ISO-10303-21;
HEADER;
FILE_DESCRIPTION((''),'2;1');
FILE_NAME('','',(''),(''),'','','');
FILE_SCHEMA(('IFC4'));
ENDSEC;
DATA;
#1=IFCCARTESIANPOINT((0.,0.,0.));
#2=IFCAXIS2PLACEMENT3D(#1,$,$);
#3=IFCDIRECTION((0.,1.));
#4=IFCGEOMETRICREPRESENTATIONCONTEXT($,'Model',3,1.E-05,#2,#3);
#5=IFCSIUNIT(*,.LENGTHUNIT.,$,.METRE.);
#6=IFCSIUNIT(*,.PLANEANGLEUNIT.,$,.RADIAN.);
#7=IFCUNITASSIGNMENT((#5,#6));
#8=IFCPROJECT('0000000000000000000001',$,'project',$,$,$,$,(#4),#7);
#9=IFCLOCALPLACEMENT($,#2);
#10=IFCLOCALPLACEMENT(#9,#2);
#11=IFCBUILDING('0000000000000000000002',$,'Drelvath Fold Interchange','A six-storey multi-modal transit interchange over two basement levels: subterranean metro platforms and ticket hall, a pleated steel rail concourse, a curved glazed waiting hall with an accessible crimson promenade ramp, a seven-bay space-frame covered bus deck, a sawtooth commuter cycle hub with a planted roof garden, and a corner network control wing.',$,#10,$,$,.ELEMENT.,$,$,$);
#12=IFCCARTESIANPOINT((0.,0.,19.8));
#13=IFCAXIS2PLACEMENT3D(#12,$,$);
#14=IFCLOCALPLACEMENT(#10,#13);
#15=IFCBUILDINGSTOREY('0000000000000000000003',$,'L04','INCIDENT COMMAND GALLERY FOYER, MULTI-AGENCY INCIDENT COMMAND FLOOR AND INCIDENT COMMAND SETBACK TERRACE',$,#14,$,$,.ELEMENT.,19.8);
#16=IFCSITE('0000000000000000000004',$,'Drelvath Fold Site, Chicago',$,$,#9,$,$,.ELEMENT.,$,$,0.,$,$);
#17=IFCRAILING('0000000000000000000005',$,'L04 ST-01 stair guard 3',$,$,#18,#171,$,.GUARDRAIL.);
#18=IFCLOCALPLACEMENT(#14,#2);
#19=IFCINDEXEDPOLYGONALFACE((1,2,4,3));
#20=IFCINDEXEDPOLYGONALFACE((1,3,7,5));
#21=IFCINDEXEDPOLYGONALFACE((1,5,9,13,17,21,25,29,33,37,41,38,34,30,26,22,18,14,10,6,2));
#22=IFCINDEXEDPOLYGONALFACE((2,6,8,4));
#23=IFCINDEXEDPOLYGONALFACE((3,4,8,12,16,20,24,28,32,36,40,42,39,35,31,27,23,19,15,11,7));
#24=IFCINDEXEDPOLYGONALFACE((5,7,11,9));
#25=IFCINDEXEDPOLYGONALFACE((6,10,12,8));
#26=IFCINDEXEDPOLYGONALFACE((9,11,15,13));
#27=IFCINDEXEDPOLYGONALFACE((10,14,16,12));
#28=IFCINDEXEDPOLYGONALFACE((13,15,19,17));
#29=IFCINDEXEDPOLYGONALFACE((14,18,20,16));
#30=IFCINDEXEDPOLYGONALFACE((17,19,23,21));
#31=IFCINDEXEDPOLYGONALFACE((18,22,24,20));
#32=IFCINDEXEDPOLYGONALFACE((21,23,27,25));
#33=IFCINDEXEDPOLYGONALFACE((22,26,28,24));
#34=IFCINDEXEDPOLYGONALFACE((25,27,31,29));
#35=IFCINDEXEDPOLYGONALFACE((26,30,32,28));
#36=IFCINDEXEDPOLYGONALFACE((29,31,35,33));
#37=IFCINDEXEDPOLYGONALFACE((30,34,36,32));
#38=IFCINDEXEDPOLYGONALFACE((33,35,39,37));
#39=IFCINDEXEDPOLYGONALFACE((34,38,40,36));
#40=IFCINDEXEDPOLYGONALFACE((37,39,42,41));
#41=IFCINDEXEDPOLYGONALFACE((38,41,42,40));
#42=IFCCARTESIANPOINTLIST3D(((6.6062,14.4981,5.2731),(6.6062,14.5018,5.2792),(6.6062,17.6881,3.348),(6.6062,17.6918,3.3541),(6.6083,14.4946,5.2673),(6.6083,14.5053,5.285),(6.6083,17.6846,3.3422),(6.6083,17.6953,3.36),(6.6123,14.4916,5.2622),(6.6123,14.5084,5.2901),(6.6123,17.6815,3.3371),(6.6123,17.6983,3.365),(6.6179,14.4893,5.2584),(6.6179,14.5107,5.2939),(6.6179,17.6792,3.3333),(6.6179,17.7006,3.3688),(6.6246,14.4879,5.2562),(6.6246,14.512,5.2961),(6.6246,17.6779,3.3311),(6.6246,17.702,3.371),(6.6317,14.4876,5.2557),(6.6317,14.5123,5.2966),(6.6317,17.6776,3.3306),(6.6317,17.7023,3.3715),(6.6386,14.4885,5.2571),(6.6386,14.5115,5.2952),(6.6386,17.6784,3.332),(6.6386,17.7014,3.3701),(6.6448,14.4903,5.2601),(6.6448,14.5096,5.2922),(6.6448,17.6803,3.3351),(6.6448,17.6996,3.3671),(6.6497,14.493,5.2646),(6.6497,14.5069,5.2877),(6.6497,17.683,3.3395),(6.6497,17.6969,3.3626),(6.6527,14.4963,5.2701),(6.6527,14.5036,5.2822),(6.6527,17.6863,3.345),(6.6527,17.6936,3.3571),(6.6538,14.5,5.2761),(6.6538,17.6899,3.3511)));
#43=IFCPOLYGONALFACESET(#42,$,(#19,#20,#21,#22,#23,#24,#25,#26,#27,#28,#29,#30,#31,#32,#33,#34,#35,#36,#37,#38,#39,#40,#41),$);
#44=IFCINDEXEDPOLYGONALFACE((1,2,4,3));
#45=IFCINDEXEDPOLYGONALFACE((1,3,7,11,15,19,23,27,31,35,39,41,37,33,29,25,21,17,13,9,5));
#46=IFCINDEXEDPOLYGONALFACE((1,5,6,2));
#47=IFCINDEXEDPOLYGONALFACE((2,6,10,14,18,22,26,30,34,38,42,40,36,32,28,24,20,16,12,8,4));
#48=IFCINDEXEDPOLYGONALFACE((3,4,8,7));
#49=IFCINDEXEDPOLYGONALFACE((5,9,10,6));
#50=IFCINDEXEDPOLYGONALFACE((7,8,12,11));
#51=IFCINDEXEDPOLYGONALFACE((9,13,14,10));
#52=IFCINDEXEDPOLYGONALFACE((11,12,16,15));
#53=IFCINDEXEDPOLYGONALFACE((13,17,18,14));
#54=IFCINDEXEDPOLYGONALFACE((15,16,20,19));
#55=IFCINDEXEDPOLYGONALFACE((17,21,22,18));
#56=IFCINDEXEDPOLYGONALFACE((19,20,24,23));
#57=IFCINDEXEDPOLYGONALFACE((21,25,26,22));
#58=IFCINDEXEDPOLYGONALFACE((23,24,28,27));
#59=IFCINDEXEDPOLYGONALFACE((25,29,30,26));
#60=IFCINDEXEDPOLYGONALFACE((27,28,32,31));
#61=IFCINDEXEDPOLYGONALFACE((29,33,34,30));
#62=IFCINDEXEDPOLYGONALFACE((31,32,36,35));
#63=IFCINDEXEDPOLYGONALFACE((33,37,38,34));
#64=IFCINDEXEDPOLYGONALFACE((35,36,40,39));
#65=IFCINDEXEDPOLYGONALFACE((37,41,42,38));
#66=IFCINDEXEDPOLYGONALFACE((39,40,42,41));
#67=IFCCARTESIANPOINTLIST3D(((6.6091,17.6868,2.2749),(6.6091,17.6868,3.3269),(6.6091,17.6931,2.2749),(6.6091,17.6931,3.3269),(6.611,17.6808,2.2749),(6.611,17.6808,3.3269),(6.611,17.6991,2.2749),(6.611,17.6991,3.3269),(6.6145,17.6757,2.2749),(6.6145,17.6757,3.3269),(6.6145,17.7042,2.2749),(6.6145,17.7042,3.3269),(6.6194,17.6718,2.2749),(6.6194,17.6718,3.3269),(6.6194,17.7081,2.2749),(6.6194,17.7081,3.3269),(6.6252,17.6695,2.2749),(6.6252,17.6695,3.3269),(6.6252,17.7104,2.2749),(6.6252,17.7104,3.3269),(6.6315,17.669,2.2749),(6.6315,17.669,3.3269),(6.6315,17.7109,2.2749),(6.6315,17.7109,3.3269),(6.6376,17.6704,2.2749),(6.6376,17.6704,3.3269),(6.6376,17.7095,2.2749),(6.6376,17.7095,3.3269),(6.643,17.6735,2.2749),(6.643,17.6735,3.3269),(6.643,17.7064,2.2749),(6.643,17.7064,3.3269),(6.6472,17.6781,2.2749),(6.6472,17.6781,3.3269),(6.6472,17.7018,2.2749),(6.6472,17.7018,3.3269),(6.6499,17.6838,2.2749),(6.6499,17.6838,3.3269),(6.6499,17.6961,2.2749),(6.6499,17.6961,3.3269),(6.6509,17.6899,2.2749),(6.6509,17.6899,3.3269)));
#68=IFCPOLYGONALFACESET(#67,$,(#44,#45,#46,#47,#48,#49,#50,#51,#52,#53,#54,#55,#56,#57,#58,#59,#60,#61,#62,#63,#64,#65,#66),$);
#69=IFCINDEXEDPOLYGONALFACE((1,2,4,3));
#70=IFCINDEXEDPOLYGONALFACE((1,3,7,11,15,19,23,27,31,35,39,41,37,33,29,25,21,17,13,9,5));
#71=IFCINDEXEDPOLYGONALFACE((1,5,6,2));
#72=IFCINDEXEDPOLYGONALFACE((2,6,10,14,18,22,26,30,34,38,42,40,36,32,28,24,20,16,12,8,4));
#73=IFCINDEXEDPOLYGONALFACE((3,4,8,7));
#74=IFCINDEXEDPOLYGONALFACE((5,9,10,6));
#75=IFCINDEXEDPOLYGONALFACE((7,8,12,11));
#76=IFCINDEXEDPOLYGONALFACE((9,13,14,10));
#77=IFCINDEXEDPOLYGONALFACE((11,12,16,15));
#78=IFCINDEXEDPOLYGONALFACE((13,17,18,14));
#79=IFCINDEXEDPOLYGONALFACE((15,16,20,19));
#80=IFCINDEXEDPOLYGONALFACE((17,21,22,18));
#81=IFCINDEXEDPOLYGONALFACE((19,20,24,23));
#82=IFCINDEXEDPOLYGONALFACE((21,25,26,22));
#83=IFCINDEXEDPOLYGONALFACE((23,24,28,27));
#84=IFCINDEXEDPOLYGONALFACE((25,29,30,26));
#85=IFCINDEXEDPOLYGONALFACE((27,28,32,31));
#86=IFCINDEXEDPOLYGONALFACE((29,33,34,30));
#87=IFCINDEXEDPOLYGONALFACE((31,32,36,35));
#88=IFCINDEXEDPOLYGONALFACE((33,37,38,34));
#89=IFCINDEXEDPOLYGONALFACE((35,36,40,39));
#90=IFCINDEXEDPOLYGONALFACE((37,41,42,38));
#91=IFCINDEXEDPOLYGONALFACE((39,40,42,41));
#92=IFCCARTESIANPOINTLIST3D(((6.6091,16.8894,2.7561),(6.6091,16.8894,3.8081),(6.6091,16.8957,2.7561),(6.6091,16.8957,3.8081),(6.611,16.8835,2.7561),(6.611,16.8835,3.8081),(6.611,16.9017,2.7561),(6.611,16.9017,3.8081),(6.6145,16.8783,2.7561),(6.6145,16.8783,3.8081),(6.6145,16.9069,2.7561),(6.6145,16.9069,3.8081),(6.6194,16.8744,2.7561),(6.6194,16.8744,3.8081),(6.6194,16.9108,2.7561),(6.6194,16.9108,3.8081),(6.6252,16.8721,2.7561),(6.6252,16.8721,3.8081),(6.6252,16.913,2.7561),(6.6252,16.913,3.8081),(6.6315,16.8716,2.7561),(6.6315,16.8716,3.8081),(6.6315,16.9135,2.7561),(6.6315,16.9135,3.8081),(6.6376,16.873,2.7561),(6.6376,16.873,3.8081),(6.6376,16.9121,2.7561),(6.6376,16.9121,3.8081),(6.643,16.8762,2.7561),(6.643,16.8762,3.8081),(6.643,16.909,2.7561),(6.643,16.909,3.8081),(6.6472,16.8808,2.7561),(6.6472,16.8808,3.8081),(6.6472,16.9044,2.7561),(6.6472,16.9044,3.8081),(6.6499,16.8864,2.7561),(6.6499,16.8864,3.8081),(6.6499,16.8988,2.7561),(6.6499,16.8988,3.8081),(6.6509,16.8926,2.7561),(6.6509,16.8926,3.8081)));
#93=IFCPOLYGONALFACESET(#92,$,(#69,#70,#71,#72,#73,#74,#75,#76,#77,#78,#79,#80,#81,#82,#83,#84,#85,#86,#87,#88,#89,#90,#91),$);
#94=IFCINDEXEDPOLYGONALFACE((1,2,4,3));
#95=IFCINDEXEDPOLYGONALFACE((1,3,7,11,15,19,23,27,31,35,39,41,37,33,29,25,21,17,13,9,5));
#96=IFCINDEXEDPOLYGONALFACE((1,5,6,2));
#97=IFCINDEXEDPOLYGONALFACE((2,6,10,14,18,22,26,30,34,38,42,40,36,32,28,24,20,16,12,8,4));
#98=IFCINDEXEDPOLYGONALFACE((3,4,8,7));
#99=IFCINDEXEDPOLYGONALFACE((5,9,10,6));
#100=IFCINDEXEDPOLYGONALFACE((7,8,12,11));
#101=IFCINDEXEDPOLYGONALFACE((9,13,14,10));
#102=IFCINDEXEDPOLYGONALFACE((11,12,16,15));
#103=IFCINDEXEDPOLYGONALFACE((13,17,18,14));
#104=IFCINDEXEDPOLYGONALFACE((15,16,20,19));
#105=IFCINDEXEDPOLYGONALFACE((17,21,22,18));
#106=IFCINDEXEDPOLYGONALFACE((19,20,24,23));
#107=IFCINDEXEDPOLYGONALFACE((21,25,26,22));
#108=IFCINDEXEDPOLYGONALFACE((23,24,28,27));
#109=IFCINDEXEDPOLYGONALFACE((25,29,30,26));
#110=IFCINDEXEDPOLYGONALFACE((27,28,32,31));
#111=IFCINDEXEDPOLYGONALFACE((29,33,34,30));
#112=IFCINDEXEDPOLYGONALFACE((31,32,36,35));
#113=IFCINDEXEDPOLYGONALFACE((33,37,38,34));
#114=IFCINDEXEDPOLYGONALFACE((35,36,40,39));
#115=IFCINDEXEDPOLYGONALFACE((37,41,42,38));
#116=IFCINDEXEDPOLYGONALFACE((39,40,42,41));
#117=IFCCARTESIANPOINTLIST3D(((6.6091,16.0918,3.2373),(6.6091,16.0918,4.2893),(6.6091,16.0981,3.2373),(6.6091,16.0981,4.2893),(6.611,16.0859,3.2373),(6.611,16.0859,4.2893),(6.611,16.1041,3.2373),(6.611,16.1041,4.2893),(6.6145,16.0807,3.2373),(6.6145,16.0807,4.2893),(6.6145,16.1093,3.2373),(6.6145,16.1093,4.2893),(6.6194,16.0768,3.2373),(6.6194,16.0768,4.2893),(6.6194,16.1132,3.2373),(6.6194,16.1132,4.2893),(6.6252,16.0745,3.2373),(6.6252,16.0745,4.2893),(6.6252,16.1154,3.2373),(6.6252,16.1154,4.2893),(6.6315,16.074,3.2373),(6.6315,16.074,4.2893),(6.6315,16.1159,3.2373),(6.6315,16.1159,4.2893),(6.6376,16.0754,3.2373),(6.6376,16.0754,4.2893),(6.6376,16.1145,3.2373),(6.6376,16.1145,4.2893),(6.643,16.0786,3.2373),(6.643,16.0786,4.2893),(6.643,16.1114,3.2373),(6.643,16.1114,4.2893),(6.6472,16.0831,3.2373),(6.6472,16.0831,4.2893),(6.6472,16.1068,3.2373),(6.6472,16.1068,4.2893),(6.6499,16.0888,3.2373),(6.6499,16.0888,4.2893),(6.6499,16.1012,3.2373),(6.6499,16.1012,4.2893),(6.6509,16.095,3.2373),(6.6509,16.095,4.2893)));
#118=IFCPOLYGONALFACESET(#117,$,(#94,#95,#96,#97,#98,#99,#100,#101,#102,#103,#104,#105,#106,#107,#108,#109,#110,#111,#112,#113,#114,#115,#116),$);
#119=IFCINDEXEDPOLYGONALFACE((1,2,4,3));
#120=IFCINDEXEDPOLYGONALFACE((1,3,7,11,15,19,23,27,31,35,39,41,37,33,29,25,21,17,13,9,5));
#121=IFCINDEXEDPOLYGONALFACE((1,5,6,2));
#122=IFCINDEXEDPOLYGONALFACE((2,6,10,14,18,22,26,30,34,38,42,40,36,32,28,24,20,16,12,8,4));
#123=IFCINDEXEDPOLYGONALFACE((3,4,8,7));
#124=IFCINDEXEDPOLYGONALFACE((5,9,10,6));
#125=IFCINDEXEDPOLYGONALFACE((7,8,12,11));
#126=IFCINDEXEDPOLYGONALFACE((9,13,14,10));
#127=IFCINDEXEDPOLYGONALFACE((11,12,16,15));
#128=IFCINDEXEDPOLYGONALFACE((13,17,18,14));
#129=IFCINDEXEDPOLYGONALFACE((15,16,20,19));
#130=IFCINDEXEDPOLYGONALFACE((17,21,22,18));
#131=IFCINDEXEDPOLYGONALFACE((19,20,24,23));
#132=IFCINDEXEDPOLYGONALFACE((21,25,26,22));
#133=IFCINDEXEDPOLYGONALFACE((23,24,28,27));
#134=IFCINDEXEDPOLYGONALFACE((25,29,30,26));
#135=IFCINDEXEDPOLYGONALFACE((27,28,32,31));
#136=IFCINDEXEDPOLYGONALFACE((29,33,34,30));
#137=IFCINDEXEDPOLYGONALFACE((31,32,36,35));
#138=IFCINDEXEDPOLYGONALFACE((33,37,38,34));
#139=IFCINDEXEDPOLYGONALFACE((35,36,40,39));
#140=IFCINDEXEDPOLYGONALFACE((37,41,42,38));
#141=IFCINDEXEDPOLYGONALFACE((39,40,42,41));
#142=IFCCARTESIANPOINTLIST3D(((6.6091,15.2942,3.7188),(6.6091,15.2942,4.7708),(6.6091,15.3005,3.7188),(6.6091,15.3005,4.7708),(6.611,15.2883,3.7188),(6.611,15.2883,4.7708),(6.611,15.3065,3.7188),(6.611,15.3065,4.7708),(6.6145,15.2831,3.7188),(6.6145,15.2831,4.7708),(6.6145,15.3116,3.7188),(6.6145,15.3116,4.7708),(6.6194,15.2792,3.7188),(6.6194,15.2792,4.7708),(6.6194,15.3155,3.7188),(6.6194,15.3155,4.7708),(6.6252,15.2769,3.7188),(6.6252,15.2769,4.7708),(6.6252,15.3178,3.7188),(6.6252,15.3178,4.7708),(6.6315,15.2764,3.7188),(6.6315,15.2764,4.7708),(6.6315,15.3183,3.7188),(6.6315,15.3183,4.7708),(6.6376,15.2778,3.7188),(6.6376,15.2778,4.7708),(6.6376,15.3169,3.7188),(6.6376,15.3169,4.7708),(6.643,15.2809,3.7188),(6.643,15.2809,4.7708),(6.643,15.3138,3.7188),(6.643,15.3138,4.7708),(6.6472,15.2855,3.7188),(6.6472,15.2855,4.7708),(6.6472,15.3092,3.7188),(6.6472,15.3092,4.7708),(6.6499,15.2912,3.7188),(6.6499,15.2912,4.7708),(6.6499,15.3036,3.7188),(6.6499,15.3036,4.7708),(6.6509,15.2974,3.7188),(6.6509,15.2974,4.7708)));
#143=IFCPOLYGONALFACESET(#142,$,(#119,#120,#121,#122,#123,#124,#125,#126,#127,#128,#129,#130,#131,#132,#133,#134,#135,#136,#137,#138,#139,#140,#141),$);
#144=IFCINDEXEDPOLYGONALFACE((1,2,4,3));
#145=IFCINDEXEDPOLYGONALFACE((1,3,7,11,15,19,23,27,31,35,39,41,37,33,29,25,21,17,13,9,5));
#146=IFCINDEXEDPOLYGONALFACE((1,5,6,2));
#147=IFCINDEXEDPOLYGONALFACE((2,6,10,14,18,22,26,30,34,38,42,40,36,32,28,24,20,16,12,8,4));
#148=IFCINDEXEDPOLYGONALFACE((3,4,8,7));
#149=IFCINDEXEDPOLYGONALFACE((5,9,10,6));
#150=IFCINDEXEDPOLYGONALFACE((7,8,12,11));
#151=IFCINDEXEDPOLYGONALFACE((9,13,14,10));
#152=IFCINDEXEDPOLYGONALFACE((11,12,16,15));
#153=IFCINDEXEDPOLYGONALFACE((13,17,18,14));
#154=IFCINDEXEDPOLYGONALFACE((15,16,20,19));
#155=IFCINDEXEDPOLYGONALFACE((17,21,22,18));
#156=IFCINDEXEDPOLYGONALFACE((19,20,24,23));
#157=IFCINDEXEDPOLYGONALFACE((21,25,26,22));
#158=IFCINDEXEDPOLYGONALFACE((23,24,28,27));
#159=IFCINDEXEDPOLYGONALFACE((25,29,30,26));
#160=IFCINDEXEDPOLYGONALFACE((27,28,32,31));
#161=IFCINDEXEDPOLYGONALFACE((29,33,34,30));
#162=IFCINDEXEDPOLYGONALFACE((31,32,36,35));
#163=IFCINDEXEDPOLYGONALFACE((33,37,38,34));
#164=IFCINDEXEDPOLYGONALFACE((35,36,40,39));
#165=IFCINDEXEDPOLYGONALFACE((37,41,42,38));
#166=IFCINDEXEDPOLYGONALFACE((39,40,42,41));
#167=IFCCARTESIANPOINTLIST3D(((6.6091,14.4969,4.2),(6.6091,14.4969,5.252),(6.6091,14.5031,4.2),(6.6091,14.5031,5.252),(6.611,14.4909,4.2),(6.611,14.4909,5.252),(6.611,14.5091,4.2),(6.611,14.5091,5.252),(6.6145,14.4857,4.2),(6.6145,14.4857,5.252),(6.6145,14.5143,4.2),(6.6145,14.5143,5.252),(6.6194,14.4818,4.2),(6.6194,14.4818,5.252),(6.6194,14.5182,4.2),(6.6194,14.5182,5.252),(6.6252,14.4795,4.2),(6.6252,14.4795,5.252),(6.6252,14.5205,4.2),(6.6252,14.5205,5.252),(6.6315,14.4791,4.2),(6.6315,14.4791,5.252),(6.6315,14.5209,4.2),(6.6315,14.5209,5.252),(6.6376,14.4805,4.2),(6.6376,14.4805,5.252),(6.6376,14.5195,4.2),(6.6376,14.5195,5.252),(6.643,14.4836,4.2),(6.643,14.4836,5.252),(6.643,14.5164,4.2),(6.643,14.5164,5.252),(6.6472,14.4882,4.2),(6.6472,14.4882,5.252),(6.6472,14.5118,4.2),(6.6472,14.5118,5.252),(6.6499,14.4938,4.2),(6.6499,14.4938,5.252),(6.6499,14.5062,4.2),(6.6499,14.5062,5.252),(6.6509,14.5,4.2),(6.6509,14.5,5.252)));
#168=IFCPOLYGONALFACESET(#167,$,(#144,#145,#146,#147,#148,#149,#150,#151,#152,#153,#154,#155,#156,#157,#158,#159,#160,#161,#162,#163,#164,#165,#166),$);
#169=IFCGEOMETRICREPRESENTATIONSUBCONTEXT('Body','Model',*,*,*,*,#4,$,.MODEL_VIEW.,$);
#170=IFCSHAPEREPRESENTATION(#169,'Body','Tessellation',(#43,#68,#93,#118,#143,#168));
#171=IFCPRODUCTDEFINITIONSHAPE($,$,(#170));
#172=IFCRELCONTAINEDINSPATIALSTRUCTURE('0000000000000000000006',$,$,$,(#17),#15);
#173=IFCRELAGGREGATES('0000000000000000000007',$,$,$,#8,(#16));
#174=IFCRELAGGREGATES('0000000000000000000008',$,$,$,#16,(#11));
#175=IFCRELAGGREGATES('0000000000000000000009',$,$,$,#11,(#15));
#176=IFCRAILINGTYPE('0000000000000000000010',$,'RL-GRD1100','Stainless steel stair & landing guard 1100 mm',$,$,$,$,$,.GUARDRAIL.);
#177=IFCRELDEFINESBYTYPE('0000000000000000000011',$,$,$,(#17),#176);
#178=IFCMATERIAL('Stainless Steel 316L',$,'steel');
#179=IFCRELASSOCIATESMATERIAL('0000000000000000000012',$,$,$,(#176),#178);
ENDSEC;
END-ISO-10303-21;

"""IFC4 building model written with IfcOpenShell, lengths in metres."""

from ifc_helpers import new_model, si_unit, direction, frame, origin, origin_2d, place, context, subcontext, project, spatial, circle, extrude, material, type_object, element, save


model = new_model("IFC4")

# Units and contexts
model_context = context("Model", 3, precision=1e-05, world=origin(), true_north=direction((0.0, 1.0)))
body_context = subcontext(model_context, "Body", "Model", "MODEL_VIEW")
ifc_project = project(units=[si_unit("LENGTHUNIT", "METRE"), si_unit("PLANEANGLEUNIT", "RADIAN")], contexts=[model_context])

# Site, building, storey
site_placement = place(None, origin())
site = spatial("IfcSite", under=ifc_project, at=site_placement, Name="Drelvath Fold Site, Chicago", CompositionType="ELEMENT", RefElevation=0.0)
building_placement = place(site_placement, origin())
building = spatial("IfcBuilding", under=site, at=building_placement, Name="Drelvath Fold Interchange", Description="A six-storey multi-modal transit interchange over two basement levels: subterranean metro platforms and ticket hall, a pleated steel rail concourse, a curved glazed waiting hall with an accessible crimson promenade ramp, a seven-bay space-frame covered bus deck, a sawtooth commuter cycle hub with a planted roof garden, and a corner network control wing.", CompositionType="ELEMENT")
storey_placement = place(building_placement, frame((0.0, 0.0, 19.8)))
storey = spatial("IfcBuildingStorey", under=building, at=storey_placement, Name="L04", Description="INCIDENT COMMAND GALLERY FOYER, MULTI-AGENCY INCIDENT COMMAND FLOOR AND INCIDENT COMMAND SETBACK TERRACE", CompositionType="ELEMENT", Elevation=19.8)

# Railing
ifc_material_1 = material(Name="Stainless Steel 316L", Category="steel")
railing_type_1 = type_object("IfcRailingType", Name="RL-GRD1100", Description="Stainless steel stair & landing guard 1100 mm", PredefinedType="GUARDRAIL", material=ifc_material_1)
railing_1_placement = place(storey_placement, frame((6.6299, 17.6899, 2.2749)))
element("IfcRailing", 1, at=railing_1_placement, inside=storey, type_object=railing_type_1, Name="L04 ST-01 stair guard 3", PredefinedType="GUARDRAIL", context=body_context, shape_type="SweptSolid", body=[
    extrude(circle(Radius=0.0239, at=origin_2d()), frame((0.0, 0.0, 1.0762), z_axis=(0.0, -0.856178, 0.516682), x_axis=(1.0, 0.0, 0.0)), (0.0, 0.0, 1.0), 3.7258),
    extrude(circle(Radius=0.021, at=origin_2d()), origin(), (0.0, 0.0, 1.0), 1.052),
    extrude(circle(Radius=0.021, at=origin_2d()), frame((0.0, -0.7974, 0.4812)), (0.0, 0.0, 1.0), 1.052),
    extrude(circle(Radius=0.021, at=origin_2d()), frame((0.0, -1.595, 0.9624)), (0.0, 0.0, 1.0), 1.052),
    extrude(circle(Radius=0.021, at=origin_2d()), frame((0.0, -2.3926, 1.4438)), (0.0, 0.0, 1.0), 1.052),
    extrude(circle(Radius=0.021, at=origin_2d()), frame((0.0, -3.1899, 1.925)), (0.0, 0.0, 1.0), 1.052),
])

save(model, "model.ifc")
